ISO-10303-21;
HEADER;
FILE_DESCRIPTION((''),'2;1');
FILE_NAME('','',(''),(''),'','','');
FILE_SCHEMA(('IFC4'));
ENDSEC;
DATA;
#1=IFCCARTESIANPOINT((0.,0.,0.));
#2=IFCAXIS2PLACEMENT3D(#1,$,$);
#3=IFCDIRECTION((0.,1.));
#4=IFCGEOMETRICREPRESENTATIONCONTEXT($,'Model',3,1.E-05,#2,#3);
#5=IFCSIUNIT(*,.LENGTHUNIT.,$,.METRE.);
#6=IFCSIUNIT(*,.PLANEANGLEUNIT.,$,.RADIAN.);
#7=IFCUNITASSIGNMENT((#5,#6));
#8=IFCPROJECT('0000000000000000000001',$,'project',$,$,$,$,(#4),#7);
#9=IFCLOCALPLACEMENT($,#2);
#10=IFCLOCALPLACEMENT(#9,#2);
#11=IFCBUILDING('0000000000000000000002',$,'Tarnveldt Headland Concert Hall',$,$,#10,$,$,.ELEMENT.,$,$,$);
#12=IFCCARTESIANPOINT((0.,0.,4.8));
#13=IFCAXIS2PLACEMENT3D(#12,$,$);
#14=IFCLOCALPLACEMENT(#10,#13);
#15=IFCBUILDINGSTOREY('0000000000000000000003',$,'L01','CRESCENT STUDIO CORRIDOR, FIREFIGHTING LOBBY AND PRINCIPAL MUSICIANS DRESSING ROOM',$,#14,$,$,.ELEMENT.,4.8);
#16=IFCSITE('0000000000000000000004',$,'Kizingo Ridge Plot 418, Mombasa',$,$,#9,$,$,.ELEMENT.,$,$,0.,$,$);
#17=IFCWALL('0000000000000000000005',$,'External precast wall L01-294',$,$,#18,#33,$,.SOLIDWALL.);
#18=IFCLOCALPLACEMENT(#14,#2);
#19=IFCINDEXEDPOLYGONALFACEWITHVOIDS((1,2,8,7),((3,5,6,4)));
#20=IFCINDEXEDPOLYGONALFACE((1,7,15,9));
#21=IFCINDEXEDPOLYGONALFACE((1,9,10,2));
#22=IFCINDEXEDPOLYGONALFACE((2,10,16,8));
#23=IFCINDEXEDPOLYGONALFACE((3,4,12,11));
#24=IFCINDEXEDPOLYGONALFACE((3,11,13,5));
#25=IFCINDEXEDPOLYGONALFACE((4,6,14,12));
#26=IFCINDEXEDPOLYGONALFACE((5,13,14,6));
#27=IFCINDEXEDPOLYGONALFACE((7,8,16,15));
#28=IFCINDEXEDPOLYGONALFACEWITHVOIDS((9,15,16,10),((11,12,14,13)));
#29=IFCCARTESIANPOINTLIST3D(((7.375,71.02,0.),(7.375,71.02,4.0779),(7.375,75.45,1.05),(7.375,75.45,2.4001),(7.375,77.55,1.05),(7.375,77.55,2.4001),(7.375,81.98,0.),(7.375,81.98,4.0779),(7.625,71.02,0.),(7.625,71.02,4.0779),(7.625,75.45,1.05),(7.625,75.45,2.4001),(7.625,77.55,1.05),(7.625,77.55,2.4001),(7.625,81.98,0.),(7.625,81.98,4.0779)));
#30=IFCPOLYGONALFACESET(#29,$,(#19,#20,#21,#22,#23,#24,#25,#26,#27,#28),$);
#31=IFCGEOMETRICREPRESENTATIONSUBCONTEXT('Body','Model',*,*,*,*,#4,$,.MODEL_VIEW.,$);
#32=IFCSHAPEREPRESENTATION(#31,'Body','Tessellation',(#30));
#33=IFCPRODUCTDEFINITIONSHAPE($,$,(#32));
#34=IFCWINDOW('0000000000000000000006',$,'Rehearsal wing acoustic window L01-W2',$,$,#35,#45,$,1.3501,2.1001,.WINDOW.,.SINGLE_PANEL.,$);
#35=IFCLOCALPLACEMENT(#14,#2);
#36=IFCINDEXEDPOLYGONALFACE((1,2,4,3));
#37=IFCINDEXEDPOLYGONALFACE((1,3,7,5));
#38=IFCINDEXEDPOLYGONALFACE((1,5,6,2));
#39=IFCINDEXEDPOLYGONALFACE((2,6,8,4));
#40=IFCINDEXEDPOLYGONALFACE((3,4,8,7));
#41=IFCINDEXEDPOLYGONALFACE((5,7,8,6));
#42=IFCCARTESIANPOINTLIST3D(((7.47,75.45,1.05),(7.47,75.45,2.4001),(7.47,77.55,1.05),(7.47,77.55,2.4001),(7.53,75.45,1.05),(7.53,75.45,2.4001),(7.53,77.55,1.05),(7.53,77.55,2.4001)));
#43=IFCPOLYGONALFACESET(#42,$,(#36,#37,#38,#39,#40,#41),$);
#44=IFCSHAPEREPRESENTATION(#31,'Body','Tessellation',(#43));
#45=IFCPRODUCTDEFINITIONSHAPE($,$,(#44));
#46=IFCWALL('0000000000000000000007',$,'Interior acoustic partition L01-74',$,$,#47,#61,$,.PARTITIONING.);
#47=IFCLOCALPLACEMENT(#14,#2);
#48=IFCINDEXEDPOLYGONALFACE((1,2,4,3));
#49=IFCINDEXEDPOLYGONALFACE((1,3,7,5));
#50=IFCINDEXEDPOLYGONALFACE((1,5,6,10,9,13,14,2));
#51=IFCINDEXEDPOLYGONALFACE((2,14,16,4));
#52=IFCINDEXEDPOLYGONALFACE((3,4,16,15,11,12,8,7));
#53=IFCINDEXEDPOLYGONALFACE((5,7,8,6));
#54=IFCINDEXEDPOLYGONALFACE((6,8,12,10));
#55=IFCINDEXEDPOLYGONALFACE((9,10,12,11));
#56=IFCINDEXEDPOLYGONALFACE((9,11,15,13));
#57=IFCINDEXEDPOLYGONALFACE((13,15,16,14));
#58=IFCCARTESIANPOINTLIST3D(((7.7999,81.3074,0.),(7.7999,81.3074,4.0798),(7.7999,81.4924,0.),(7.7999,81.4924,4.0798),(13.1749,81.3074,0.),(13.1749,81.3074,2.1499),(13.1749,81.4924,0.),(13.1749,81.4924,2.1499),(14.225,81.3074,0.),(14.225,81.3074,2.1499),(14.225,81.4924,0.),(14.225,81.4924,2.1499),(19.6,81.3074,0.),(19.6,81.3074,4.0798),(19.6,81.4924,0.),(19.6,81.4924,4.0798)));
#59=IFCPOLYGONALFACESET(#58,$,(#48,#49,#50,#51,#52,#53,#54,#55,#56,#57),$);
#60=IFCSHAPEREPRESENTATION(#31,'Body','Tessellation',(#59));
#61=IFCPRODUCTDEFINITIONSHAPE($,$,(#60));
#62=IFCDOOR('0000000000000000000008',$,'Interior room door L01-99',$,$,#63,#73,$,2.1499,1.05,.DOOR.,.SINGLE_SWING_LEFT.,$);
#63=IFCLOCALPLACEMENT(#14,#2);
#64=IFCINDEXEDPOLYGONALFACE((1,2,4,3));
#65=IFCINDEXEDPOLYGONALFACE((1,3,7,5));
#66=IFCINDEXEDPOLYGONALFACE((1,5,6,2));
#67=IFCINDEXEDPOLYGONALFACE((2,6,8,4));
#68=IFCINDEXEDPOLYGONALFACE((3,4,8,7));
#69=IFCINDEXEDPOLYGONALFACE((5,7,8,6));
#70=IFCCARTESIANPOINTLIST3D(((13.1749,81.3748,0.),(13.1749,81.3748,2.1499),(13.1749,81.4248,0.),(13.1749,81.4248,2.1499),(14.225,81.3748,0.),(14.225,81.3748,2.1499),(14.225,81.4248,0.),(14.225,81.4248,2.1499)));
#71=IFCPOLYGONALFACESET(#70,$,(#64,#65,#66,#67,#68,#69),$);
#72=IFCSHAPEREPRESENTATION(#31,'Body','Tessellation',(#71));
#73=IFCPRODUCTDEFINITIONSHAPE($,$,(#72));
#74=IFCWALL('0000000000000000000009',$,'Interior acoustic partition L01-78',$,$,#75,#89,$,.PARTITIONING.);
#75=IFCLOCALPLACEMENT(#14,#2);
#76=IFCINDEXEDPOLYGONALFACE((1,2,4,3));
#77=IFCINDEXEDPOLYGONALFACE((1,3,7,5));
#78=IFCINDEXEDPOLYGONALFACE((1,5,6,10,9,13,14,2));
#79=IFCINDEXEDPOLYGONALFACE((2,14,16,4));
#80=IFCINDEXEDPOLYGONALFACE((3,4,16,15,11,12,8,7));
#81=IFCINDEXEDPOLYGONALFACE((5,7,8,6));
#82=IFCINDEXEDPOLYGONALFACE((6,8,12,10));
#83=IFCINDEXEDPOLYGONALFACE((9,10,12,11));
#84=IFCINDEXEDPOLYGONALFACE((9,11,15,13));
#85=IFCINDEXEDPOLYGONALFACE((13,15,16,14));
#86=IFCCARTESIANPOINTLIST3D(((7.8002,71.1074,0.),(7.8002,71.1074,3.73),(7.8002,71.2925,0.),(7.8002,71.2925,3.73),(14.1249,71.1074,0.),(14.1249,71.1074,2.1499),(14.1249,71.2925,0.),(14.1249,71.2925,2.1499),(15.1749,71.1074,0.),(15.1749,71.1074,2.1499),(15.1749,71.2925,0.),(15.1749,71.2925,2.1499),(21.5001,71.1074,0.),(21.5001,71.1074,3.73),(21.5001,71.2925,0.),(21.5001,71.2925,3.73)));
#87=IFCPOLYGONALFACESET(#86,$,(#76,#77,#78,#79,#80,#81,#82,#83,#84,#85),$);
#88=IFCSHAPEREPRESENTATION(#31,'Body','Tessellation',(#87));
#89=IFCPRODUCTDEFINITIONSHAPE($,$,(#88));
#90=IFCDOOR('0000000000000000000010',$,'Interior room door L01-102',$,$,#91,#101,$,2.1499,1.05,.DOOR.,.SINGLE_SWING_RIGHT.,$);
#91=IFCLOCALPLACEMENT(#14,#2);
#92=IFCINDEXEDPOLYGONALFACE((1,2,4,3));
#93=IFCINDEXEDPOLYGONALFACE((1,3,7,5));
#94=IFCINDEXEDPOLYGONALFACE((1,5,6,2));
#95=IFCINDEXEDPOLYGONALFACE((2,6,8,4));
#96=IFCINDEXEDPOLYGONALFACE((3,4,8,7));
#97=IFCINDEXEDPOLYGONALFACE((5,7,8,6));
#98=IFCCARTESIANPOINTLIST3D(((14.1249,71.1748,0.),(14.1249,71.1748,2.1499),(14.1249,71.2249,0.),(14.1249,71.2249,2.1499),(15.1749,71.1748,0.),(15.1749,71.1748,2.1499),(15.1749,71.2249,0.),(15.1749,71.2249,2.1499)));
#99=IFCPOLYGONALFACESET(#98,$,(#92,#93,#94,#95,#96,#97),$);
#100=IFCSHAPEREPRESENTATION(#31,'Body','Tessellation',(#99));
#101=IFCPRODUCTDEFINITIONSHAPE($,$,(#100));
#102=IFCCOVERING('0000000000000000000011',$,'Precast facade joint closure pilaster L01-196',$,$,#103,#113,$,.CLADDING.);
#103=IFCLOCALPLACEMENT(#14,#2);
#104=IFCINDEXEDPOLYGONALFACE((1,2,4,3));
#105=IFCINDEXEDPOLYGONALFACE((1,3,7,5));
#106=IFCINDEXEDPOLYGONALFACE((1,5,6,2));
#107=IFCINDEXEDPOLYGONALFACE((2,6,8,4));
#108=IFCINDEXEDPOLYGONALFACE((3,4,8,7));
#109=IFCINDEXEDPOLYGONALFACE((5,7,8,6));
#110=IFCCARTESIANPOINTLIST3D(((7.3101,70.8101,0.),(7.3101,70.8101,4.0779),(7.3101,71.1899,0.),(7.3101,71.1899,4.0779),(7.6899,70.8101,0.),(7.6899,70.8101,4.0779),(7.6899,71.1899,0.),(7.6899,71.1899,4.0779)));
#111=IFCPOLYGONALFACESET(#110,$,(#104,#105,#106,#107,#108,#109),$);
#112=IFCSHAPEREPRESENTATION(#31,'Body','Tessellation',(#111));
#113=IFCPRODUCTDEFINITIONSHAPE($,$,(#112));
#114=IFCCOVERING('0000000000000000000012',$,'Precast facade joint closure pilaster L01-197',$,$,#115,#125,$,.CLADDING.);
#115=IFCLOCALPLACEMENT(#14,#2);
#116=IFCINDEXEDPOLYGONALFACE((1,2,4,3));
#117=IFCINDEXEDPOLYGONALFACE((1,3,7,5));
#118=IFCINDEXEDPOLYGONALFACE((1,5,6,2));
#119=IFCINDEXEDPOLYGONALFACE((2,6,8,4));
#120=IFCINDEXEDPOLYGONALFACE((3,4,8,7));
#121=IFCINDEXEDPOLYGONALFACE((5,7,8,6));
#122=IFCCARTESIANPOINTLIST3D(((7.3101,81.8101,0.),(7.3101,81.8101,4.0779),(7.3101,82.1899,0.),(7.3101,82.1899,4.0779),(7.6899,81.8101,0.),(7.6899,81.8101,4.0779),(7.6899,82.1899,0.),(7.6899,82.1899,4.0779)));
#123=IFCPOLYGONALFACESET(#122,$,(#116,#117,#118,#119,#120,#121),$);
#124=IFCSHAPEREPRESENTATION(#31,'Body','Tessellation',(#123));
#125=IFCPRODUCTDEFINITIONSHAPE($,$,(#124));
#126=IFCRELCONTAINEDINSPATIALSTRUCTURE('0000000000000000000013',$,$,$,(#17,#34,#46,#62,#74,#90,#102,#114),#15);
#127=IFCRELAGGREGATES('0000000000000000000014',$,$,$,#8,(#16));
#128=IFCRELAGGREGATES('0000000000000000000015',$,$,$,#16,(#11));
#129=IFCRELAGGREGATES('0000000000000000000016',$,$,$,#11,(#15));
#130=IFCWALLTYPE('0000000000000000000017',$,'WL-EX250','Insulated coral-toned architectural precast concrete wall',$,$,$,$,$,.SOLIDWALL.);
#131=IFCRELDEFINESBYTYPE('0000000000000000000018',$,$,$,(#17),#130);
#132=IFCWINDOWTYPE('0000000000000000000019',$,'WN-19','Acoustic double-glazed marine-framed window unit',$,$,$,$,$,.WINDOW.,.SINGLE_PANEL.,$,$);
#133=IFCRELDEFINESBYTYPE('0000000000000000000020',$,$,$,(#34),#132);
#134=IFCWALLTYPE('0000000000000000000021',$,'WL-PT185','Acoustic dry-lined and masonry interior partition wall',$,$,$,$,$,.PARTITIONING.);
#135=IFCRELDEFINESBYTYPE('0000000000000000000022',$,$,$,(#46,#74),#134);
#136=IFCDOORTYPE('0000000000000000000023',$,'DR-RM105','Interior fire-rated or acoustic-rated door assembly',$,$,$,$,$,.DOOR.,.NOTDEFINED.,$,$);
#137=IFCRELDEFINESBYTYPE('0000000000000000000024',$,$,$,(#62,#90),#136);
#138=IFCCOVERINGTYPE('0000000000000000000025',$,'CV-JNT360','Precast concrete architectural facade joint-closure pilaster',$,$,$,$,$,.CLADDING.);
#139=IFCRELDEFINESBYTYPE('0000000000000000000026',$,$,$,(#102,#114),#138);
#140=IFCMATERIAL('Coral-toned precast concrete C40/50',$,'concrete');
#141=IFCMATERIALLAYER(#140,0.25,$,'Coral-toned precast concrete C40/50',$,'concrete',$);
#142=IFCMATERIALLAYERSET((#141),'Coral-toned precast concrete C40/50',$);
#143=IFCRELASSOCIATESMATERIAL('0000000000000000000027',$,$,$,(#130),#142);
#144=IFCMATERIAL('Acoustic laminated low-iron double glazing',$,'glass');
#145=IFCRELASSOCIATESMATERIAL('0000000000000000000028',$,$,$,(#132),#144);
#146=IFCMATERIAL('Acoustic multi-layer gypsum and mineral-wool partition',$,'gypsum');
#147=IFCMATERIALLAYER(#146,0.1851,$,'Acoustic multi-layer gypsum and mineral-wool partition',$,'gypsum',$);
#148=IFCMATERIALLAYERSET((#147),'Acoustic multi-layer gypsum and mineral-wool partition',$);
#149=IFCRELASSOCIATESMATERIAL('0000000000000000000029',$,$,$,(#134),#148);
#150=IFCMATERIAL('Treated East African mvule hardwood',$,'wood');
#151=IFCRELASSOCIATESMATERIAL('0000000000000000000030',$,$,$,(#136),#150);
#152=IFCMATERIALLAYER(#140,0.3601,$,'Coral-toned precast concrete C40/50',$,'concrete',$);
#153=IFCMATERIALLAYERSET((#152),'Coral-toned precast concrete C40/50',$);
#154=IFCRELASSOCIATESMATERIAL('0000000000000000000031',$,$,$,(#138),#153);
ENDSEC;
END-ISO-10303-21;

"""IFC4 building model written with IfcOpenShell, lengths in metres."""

from ifc_helpers import new_model, si_unit, direction, frame, frame_2d, origin, origin_2d, place, context, subcontext, project, spatial, rectangle, extrude, material, layer, layer_set, type_object, element, fill, save


model = new_model("IFC4")

# Units and contexts
model_context = context("Model", 3, precision=1e-05, world=origin(), true_north=direction((0.0, 1.0)))
body_context = subcontext(model_context, "Body", "Model", "MODEL_VIEW")
ifc_project = project(units=[si_unit("LENGTHUNIT", "METRE"), si_unit("PLANEANGLEUNIT", "RADIAN")], contexts=[model_context])

# Site, building, storey
site_placement = place(None, origin())
site = spatial("IfcSite", under=ifc_project, at=site_placement, Name="Kizingo Ridge Plot 418, Mombasa", CompositionType="ELEMENT", RefElevation=0.0)
building_placement = place(site_placement, origin())
building = spatial("IfcBuilding", under=site, at=building_placement, Name="Tarnveldt Headland Concert Hall", CompositionType="ELEMENT")
storey_placement = place(building_placement, frame((0.0, 0.0, 4.8)))
storey = spatial("IfcBuildingStorey", under=building, at=storey_placement, Name="L01", Description="CRESCENT STUDIO CORRIDOR, FIREFIGHTING LOBBY AND PRINCIPAL MUSICIANS DRESSING ROOM", CompositionType="ELEMENT", Elevation=4.8)

# Wall, opening, window
ifc_material_1 = material(Name="Coral-toned precast concrete C40/50", Category="concrete")
ifc_layer_1 = layer(ifc_material_1, 0.25, Name="Coral-toned precast concrete C40/50", Category="concrete")
ifc_layer_set_1 = layer_set([ifc_layer_1], Name="Coral-toned precast concrete C40/50")
wall_type_1 = type_object("IfcWallType", Name="WL-EX250", Description="Insulated coral-toned architectural precast concrete wall", PredefinedType="SOLIDWALL", material=ifc_layer_set_1)
wall_1_placement = place(storey_placement, frame((7.5, 71.02, 0.0), z_axis=(0.0, 0.0, 1.0), x_axis=(0.0, 1.0, 0.0)))
wall_1 = element("IfcWall", 1, at=wall_1_placement, inside=storey, type_object=wall_type_1, Name="External precast wall L01-294", PredefinedType="SOLIDWALL", context=body_context, shape_type="SweptSolid", body=[
    extrude(rectangle(XDim=10.96, YDim=0.25, at=frame_2d((5.48, 0.0))), origin(), (0.0, 0.0, 1.0), 4.0779),
])
opening_1_placement = place(wall_1_placement, frame((4.4299, 0.0, 1.05)))
opening_1 = element("IfcOpeningElement", 2, at=opening_1_placement, cuts=wall_1, PredefinedType="OPENING", context=body_context, shape_type="SweptSolid", body=[
    extrude(rectangle(XDim=2.1001, YDim=1.3501, at=frame_2d((1.05, 0.675))), frame((0.0, 0.135, 0.0), z_axis=(0.0, -1.0, 0.0), x_axis=(1.0, 0.0, 0.0)), (0.0, 0.0, 1.0), 0.27),
])
ifc_material_2 = material(Name="Acoustic laminated low-iron double glazing", Category="glass")
window_type = type_object("IfcWindowType", Name="WN-19", Description="Acoustic double-glazed marine-framed window unit", PartitioningType="SINGLE_PANEL", PredefinedType="WINDOW", material=ifc_material_2)
window_placement = place(opening_1_placement, origin())
window = element("IfcWindow", 3, at=window_placement, inside=storey, type_object=window_type, Name="Rehearsal wing acoustic window L01-W2", OverallHeight=1.3501, OverallWidth=2.1001, PartitioningType="SINGLE_PANEL", PredefinedType="WINDOW", context=body_context, shape_type="SweptSolid", body=[
    extrude(rectangle(XDim=2.1001, YDim=1.3501, at=frame_2d((1.05, 0.675))), frame((0.0, 0.03, 0.0), z_axis=(0.0, -1.0, 0.0), x_axis=(1.0, 0.0, 0.0)), (0.0, 0.0, 1.0), 0.0601),
])
fill(opening_1, window)

# Walls, openings, doors
ifc_material_3 = material(Name="Acoustic multi-layer gypsum and mineral-wool partition", Category="gypsum")
ifc_layer_2 = layer(ifc_material_3, 0.1851, Name="Acoustic multi-layer gypsum and mineral-wool partition", Category="gypsum")
ifc_layer_set_2 = layer_set([ifc_layer_2], Name="Acoustic multi-layer gypsum and mineral-wool partition")
wall_type_2 = type_object("IfcWallType", Name="WL-PT185", Description="Acoustic dry-lined and masonry interior partition wall", PredefinedType="PARTITIONING", material=ifc_layer_set_2)
wall_2_placement = place(storey_placement, frame((7.8, 81.3999, 0.0), z_axis=(0.0, 0.0, 1.0), x_axis=(1.0, 0.0, 0.0)))
wall_2 = element("IfcWall", 4, at=wall_2_placement, inside=storey, type_object=wall_type_2, Name="Interior acoustic partition L01-74", PredefinedType="PARTITIONING", context=body_context, shape_type="SweptSolid", body=[
    extrude(rectangle(XDim=11.8, YDim=0.1851, at=frame_2d((5.8999, 0.0))), origin(), (0.0, 0.0, 1.0), 4.0798),
])
opening_2_placement = place(wall_2_placement, frame((5.375, 0.0, 0.0)))
opening_2 = element("IfcOpeningElement", 5, at=opening_2_placement, cuts=wall_2, PredefinedType="OPENING", context=body_context, shape_type="SweptSolid", body=[
    extrude(rectangle(XDim=1.05, YDim=2.1499, at=frame_2d((0.5249, 1.075))), frame((0.0, 0.1025, 0.0), z_axis=(0.0, -1.0, 0.0), x_axis=(1.0, 0.0, 0.0)), (0.0, 0.0, 1.0), 0.2051),
])
ifc_material_4 = material(Name="Treated East African mvule hardwood", Category="wood")
door_type = type_object("IfcDoorType", Name="DR-RM105", Description="Interior fire-rated or acoustic-rated door assembly", OperationType="NOTDEFINED", PredefinedType="DOOR", material=ifc_material_4)
door_1_placement = place(opening_2_placement, origin())
door_1 = element("IfcDoor", 6, at=door_1_placement, inside=storey, type_object=door_type, Name="Interior room door L01-99", OperationType="SINGLE_SWING_LEFT", OverallHeight=2.1499, OverallWidth=1.05, PredefinedType="DOOR", context=body_context, shape_type="SweptSolid", body=[
    extrude(rectangle(XDim=1.05, YDim=2.1499, at=frame_2d((0.5249, 1.075))), frame((0.0, 0.0249, 0.0), z_axis=(0.0, -1.0, 0.0), x_axis=(1.0, 0.0, 0.0)), (0.0, 0.0, 1.0), 0.05),
])
fill(opening_2, door_1)
wall_3_placement = place(storey_placement, frame((7.8, 71.2, 0.0), z_axis=(0.0, 0.0, 1.0), x_axis=(1.0, 0.0, 0.0)))
wall_3 = element("IfcWall", 7, at=wall_3_placement, inside=storey, type_object=wall_type_2, Name="Interior acoustic partition L01-78", PredefinedType="PARTITIONING", context=body_context, shape_type="SweptSolid", body=[
    extrude(rectangle(XDim=13.7, YDim=0.1851, at=frame_2d((6.8501, 0.0))), origin(), (0.0, 0.0, 1.0), 3.73),
])
opening_3_placement = place(wall_3_placement, frame((6.325, 0.0, 0.0)))
opening_3 = element("IfcOpeningElement", 8, at=opening_3_placement, cuts=wall_3, PredefinedType="OPENING", context=body_context, shape_type="SweptSolid", body=[
    extrude(rectangle(XDim=1.05, YDim=2.1499, at=frame_2d((0.5249, 1.075))), frame((0.0, 0.1025, 0.0), z_axis=(0.0, -1.0, 0.0), x_axis=(1.0, 0.0, 0.0)), (0.0, 0.0, 1.0), 0.2051),
])
door_2_placement = place(opening_3_placement, origin())
door_2 = element("IfcDoor", 9, at=door_2_placement, inside=storey, type_object=door_type, Name="Interior room door L01-102", OperationType="SINGLE_SWING_RIGHT", OverallHeight=2.1499, OverallWidth=1.05, PredefinedType="DOOR", context=body_context, shape_type="SweptSolid", body=[
    extrude(rectangle(XDim=1.05, YDim=2.1499, at=frame_2d((0.5249, 1.075))), frame((0.0, 0.0249, 0.0), z_axis=(0.0, -1.0, 0.0), x_axis=(1.0, 0.0, 0.0)), (0.0, 0.0, 1.0), 0.05),
])
fill(opening_3, door_2)

# Coverings
ifc_layer_3 = layer(ifc_material_1, 0.3601, Name="Coral-toned precast concrete C40/50", Category="concrete")
ifc_layer_set_3 = layer_set([ifc_layer_3], Name="Coral-toned precast concrete C40/50")
covering_type = type_object("IfcCoveringType", Name="CV-JNT360", Description="Precast concrete architectural facade joint-closure pilaster", PredefinedType="CLADDING", material=ifc_layer_set_3)
for number, where, z_axis, x_axis, name in (
    (10, (7.5, 71.0, 0.0), (0.0, 0.0, 1.0), (0.0, 1.0, 0.0), "Precast facade joint closure pilaster L01-196"),
    (11, (7.5, 82.0, 0.0), (0.0, 0.0, 1.0), (0.0, 1.0, 0.0), "Precast facade joint closure pilaster L01-197"),
):
    element("IfcCovering", number, at=place(storey_placement, frame(where, z_axis=z_axis, x_axis=x_axis)), inside=storey, type_object=covering_type, Name=name, PredefinedType="CLADDING", context=body_context, shape_type="SweptSolid", body=[
        extrude(rectangle(XDim=0.3799, YDim=0.3799, at=origin_2d()), origin(), (0.0, 0.0, 1.0), 4.0779),
    ])

save(model, "model.ifc")
